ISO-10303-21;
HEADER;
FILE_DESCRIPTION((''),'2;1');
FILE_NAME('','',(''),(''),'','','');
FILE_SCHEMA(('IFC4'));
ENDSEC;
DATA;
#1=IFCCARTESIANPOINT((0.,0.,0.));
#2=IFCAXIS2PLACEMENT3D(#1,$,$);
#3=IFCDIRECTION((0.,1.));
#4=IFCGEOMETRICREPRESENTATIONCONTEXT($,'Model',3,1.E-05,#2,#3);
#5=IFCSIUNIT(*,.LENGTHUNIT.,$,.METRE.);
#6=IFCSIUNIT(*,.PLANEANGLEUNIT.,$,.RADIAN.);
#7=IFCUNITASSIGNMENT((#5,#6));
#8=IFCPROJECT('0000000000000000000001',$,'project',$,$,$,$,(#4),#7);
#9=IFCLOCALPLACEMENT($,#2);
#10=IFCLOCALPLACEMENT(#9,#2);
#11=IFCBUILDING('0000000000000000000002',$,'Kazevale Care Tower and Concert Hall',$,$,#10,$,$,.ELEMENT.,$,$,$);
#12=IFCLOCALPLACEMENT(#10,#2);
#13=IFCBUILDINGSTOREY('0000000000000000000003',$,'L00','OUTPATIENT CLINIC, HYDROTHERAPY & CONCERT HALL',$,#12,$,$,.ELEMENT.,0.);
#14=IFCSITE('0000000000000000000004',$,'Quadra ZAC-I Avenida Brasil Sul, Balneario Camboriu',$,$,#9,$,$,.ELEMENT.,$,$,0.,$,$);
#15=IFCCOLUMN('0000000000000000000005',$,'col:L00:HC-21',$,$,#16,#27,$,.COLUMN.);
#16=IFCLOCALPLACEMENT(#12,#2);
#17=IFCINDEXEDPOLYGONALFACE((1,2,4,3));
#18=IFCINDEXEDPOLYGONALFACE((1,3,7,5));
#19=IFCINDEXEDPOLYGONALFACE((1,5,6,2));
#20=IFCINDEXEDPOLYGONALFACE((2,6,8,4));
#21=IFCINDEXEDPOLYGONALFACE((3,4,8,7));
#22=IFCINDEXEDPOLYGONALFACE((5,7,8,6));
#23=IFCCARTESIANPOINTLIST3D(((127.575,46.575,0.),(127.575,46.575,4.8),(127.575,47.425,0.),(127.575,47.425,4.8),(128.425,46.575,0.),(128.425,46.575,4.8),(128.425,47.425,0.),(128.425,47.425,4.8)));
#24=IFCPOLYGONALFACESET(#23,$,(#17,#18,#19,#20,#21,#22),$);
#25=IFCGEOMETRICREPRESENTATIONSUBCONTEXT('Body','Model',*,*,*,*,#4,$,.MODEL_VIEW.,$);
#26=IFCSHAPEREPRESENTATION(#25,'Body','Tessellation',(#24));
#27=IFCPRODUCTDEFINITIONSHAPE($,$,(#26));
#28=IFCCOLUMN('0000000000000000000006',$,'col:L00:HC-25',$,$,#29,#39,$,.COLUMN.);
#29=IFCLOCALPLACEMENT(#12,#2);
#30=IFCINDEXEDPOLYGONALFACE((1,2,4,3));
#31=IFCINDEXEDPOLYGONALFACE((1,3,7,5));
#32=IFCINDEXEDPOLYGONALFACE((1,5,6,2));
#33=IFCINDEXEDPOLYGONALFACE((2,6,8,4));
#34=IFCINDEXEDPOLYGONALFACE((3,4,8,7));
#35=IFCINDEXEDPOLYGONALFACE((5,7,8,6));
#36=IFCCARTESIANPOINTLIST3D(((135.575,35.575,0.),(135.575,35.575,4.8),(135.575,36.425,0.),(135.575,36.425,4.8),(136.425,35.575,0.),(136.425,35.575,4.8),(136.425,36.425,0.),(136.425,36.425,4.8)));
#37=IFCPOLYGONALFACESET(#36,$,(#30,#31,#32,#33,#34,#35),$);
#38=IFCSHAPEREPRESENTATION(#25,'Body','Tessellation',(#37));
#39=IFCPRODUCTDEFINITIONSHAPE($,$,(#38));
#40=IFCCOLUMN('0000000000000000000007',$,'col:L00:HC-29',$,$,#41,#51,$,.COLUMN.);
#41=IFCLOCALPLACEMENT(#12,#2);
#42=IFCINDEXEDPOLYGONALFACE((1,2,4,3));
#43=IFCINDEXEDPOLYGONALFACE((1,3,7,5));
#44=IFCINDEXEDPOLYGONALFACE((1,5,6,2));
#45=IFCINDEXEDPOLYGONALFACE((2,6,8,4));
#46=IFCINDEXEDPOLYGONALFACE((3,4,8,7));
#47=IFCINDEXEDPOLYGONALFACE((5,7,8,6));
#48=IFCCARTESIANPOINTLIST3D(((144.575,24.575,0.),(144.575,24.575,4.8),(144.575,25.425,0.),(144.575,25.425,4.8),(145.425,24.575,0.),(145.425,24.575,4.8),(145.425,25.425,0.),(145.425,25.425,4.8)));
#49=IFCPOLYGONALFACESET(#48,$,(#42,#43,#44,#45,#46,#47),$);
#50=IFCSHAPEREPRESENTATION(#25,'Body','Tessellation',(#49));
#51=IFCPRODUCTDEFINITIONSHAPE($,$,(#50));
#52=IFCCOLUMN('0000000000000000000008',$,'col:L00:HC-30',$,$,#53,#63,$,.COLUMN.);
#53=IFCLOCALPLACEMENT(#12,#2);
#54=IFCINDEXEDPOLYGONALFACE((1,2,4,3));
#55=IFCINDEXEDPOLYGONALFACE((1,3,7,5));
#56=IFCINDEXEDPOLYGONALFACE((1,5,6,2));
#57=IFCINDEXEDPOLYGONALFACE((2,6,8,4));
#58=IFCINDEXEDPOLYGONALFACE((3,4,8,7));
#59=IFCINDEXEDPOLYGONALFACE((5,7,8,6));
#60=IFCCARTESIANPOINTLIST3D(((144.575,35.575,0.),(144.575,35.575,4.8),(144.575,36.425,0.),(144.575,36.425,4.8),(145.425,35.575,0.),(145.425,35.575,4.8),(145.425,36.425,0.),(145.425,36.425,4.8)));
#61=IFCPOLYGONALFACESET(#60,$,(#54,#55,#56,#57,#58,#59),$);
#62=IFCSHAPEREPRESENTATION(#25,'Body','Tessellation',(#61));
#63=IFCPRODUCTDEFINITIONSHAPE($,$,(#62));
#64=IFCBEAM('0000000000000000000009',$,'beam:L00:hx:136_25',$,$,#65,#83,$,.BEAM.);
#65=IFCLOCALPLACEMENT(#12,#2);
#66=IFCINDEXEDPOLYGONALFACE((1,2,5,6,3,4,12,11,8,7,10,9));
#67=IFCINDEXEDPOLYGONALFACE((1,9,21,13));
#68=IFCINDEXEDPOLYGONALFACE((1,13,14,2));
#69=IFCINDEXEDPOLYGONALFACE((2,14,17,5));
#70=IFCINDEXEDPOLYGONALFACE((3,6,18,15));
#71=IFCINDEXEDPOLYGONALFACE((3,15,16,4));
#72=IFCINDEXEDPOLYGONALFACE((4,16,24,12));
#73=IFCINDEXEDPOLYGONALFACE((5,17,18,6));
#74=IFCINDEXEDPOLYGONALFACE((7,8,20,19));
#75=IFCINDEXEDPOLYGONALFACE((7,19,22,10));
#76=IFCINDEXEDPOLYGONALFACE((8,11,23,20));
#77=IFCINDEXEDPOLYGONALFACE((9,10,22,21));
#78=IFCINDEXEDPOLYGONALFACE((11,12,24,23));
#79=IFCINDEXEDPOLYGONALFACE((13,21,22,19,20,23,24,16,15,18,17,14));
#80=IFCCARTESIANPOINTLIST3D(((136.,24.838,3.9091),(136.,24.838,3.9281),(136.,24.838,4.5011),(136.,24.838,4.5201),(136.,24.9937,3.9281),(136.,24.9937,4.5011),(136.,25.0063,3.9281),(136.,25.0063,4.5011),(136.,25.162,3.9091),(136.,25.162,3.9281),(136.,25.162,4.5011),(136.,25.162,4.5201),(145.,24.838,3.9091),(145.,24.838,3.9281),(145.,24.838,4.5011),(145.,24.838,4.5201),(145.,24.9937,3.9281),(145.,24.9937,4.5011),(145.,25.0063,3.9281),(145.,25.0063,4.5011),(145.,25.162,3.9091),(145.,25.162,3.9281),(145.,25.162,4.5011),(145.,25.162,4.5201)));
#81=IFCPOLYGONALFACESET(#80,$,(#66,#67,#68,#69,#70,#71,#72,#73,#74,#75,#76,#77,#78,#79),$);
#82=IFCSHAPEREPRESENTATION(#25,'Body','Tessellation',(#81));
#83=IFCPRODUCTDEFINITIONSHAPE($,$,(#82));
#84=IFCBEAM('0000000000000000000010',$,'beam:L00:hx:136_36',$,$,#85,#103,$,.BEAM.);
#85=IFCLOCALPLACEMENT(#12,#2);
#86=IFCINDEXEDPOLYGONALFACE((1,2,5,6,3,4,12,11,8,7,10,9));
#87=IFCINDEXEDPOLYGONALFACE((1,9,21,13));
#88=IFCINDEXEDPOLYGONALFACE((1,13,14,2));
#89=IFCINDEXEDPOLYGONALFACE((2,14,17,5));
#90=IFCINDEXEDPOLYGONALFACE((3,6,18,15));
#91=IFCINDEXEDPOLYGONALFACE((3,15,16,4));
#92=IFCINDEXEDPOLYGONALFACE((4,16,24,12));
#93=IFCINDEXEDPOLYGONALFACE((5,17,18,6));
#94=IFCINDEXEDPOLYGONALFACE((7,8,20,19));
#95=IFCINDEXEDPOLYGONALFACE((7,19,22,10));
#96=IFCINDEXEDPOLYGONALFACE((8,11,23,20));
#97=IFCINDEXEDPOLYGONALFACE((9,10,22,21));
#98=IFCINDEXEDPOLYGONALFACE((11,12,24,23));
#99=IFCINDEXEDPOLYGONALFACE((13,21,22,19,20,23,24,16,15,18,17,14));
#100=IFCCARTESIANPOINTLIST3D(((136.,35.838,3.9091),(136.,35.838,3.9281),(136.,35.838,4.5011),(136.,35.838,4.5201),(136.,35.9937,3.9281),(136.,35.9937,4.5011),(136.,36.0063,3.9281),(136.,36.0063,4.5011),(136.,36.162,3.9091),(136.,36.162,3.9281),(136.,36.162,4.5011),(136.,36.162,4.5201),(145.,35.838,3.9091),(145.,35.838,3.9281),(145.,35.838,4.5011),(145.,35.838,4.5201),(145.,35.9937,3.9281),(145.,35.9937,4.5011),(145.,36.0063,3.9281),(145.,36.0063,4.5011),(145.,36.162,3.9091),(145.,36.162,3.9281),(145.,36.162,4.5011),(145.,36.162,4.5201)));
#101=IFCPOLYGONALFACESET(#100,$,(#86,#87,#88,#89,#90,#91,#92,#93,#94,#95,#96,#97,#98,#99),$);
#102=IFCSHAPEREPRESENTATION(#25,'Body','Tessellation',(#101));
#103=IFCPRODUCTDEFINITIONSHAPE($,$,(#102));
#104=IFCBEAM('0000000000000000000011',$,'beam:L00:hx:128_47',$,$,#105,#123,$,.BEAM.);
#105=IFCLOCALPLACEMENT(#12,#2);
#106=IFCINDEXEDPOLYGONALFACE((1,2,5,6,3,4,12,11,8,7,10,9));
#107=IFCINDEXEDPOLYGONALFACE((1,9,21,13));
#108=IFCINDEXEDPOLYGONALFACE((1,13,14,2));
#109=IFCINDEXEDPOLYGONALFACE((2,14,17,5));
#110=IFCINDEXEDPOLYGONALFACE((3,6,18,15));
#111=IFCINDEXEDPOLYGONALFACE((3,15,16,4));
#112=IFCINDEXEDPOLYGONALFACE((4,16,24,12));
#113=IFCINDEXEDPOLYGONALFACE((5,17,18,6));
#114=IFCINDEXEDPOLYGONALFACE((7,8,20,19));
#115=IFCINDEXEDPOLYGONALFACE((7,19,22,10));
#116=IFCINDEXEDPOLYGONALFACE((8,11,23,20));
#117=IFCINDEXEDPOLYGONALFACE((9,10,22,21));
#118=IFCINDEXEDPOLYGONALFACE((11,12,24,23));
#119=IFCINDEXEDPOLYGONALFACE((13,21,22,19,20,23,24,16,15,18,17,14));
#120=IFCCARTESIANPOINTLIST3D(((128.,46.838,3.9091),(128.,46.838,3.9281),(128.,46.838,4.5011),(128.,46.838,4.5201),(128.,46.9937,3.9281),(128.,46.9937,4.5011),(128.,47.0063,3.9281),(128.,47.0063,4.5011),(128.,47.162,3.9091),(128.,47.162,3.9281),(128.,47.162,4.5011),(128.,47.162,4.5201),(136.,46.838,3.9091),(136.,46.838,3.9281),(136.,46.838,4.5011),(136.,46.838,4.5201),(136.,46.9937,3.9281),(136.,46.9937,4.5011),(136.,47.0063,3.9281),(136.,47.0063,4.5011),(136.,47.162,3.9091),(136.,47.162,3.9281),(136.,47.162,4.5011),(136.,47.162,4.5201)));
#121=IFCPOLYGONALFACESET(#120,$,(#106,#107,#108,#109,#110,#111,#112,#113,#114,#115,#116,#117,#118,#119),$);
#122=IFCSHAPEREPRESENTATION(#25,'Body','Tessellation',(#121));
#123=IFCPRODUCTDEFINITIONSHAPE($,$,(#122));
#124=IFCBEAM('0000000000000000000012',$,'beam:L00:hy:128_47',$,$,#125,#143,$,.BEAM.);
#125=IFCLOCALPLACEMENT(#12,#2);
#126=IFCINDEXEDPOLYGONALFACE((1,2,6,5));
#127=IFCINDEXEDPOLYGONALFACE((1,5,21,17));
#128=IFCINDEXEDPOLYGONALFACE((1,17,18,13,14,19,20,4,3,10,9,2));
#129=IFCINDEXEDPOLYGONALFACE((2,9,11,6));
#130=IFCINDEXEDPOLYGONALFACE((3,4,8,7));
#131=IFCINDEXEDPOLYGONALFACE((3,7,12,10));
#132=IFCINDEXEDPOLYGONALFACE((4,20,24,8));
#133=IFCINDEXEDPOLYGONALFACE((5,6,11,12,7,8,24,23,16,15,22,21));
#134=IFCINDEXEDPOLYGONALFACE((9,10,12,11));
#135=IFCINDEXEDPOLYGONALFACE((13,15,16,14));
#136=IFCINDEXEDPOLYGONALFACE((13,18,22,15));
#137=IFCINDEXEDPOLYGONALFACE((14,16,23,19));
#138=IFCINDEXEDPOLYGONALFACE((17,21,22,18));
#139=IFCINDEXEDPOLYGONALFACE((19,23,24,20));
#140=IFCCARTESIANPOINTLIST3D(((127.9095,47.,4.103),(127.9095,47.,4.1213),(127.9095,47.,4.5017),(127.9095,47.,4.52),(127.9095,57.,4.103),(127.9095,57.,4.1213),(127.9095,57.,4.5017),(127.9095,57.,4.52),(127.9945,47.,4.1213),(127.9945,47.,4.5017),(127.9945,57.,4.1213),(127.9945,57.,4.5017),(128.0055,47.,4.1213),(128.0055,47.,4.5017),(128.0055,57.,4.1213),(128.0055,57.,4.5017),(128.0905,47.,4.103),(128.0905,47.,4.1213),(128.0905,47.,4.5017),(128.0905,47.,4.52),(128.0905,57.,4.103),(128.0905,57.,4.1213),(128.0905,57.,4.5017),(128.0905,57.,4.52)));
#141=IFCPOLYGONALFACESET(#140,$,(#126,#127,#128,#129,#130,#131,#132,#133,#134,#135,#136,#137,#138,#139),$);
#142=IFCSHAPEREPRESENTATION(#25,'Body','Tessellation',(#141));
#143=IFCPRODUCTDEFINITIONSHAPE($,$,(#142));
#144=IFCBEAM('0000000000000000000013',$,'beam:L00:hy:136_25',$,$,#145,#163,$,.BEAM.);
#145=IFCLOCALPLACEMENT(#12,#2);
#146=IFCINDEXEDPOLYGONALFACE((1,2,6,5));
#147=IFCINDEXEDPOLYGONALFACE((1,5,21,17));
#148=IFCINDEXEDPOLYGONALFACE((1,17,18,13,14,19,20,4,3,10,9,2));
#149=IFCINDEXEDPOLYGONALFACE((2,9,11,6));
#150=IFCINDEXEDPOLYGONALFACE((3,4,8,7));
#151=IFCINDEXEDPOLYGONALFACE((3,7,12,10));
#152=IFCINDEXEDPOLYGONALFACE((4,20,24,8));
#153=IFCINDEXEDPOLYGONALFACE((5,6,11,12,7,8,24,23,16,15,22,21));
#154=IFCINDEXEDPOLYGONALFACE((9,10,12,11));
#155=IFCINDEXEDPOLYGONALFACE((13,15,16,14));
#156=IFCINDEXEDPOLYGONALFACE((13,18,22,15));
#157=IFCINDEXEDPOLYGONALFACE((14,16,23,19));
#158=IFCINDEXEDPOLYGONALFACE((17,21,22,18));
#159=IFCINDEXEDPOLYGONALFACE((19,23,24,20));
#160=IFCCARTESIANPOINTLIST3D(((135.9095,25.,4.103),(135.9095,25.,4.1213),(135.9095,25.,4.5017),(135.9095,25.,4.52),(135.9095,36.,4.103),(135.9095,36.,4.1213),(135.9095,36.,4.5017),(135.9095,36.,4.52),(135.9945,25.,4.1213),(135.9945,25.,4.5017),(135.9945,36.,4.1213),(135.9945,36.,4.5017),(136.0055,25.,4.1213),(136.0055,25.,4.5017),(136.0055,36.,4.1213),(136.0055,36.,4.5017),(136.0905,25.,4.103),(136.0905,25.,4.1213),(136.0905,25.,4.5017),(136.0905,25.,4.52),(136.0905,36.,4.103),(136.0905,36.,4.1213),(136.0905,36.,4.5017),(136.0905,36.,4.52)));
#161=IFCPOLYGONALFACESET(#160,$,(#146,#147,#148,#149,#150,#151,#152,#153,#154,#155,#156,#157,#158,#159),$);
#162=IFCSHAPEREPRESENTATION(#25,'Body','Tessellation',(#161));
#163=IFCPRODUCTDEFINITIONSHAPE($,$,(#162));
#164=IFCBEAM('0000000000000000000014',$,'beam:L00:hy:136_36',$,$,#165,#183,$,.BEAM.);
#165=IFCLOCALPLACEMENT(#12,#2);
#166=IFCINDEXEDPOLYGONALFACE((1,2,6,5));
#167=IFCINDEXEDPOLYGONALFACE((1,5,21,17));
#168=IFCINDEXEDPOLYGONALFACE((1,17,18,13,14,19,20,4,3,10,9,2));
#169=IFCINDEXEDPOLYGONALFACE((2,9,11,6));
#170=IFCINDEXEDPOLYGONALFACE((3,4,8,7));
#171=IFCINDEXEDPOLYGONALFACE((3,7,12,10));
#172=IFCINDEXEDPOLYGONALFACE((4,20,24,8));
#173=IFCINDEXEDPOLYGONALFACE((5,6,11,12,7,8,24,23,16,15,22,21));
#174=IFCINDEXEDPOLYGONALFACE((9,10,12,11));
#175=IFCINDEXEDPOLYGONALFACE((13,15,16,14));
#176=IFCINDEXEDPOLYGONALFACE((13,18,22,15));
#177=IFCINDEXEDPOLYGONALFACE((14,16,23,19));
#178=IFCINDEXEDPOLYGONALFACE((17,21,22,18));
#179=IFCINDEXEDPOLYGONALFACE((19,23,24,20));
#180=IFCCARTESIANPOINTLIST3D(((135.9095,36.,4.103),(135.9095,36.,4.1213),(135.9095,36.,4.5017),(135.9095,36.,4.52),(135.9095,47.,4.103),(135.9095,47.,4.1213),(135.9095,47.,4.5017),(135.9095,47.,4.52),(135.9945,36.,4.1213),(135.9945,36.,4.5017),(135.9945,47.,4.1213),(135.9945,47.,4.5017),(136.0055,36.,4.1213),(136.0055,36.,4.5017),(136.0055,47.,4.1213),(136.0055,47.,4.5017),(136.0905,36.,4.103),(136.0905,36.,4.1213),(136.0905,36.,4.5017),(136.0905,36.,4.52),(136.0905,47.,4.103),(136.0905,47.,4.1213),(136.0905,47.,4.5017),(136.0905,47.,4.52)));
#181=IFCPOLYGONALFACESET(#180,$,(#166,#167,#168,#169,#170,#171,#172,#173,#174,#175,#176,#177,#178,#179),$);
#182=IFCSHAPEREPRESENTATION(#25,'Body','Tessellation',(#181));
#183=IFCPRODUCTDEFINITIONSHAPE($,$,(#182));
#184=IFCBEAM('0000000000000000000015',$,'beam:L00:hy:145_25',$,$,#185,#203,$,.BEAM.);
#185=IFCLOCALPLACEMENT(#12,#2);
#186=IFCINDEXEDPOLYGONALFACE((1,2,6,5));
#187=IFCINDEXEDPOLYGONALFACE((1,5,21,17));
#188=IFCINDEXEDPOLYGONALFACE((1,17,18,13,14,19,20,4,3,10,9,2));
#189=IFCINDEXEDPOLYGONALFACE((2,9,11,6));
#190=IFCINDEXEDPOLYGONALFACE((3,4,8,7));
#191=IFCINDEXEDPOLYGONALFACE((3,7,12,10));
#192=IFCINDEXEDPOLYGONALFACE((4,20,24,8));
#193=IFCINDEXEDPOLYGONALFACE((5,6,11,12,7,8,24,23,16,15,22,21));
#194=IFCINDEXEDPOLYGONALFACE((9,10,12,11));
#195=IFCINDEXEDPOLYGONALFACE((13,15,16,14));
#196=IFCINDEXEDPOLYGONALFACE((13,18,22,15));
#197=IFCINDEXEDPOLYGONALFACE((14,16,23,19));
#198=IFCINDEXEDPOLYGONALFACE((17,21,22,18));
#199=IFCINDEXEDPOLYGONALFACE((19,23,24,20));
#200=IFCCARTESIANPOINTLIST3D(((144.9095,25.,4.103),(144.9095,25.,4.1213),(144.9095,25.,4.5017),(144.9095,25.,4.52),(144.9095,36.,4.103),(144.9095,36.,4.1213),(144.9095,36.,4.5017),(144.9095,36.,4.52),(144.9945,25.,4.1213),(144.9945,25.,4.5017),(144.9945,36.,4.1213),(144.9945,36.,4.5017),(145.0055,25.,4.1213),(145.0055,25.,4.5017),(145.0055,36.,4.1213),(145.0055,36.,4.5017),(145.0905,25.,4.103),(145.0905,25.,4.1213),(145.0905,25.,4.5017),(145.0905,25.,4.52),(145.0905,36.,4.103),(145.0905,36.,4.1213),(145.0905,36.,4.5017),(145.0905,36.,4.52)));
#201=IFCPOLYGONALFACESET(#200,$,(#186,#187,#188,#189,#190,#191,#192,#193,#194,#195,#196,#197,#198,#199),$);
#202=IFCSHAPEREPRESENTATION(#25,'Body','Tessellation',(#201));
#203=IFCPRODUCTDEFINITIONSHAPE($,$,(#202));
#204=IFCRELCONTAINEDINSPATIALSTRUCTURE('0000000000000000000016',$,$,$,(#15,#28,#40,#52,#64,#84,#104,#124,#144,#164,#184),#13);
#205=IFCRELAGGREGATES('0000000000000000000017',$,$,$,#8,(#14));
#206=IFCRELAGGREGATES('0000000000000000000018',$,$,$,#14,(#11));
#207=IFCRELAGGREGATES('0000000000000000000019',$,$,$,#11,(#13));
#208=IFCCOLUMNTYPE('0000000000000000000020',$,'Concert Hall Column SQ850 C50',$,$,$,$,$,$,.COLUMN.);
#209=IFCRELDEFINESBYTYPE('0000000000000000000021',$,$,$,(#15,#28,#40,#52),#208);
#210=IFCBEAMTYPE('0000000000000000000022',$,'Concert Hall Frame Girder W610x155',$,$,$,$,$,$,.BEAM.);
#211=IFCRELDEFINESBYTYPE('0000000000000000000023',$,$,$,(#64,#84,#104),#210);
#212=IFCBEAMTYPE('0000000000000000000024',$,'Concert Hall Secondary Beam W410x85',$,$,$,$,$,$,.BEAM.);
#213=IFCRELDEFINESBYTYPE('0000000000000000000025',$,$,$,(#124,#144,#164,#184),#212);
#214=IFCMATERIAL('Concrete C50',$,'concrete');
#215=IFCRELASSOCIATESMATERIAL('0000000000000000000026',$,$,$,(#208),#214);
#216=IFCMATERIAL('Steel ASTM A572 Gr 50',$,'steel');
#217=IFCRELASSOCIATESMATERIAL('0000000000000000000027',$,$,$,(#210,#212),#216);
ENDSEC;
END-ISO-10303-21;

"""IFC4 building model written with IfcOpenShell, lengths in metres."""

from ifc_helpers import new_model, si_unit, direction, frame, origin, origin_2d, place, context, subcontext, project, spatial, rectangle, i_section, extrude, material, material_profile, profile_set, type_object, element, save


model = new_model("IFC4")

# Units and contexts
model_context = context("Model", 3, precision=1e-05, world=origin(), true_north=direction((0.0, 1.0)))
body_context = subcontext(model_context, "Body", "Model", "MODEL_VIEW")
ifc_project = project(units=[si_unit("LENGTHUNIT", "METRE"), si_unit("PLANEANGLEUNIT", "RADIAN")], contexts=[model_context])

# Site, building, storey
site_placement = place(None, origin())
site = spatial("IfcSite", under=ifc_project, at=site_placement, Name="Quadra ZAC-I Avenida Brasil Sul, Balneario Camboriu", CompositionType="ELEMENT", RefElevation=0.0)
building_placement = place(site_placement, origin())
building = spatial("IfcBuilding", under=site, at=building_placement, Name="Kazevale Care Tower and Concert Hall", CompositionType="ELEMENT")
storey_placement = place(building_placement, origin())
storey = spatial("IfcBuildingStorey", under=building, at=storey_placement, Name="L00", Description="OUTPATIENT CLINIC, HYDROTHERAPY & CONCERT HALL", CompositionType="ELEMENT", Elevation=0.0)

# Columns
ifc_material_1 = material(Name="Concrete C50", Category="concrete")
ifc_material_profile_1 = material_profile(ifc_material_1, rectangle(XDim=0.8501, YDim=0.8501, at=origin_2d()), Name="RC-SQ850")
ifc_profile_set_1 = profile_set([ifc_material_profile_1], Name="Concrete C50")
column_type = type_object("IfcColumnType", Name="Concert Hall Column SQ850 C50", PredefinedType="COLUMN", material=ifc_profile_set_1)
for number, where, z_axis, x_axis, name in (
    (1, (128.0, 47.0, 0.0), (0.0, 0.0, 1.0), (1.0, 0.0, 0.0), "col:L00:HC-21"),
    (2, (136.0, 36.0, 0.0), (0.0, 0.0, 1.0), (1.0, 0.0, 0.0), "col:L00:HC-25"),
    (3, (145.0, 25.0, 0.0), (0.0, 0.0, 1.0), (1.0, 0.0, 0.0), "col:L00:HC-29"),
    (4, (145.0, 36.0, 0.0), (0.0, 0.0, 1.0), (1.0, 0.0, 0.0), "col:L00:HC-30"),
):
    element("IfcColumn", number, at=place(storey_placement, frame(where, z_axis=z_axis, x_axis=x_axis)), inside=storey, type_object=column_type, Name=name, PredefinedType="COLUMN", context=body_context, shape_type="SweptSolid", body=[
        extrude(rectangle(XDim=0.8501, YDim=0.8501, at=origin_2d()), origin(), (0.0, 0.0, 1.0), 4.8),
    ])

# Beams
ifc_material_2 = material(Name="Steel ASTM A572 Gr 50", Category="steel")
ifc_material_profile_2 = material_profile(ifc_material_2, i_section(OverallWidth=0.324, OverallDepth=0.6111, WebThickness=0.0127, FlangeThickness=0.019, at=origin_2d()), Name="W610x155")
ifc_profile_set_2 = profile_set([ifc_material_profile_2], Name="Steel ASTM A572 Gr 50")
beam_type_1 = type_object("IfcBeamType", Name="Concert Hall Frame Girder W610x155", PredefinedType="BEAM", material=ifc_profile_set_2)
for number, where, z_axis, x_axis, name in (
    (5, (136.0, 25.0, 4.2146), (1.0, 0.0, 0.0), (0.0, 1.0, 0.0), "beam:L00:hx:136_25"),
    (6, (136.0, 36.0, 4.2146), (1.0, 0.0, 0.0), (0.0, 1.0, 0.0), "beam:L00:hx:136_36"),
):
    element("IfcBeam", number, at=place(storey_placement, frame(where, z_axis=z_axis, x_axis=x_axis)), inside=storey, type_object=beam_type_1, Name=name, PredefinedType="BEAM", context=body_context, shape_type="SweptSolid", body=[
        extrude(i_section(OverallWidth=0.324, OverallDepth=0.6111, WebThickness=0.0127, FlangeThickness=0.019, at=origin_2d()), origin(), (0.0, 0.0, 1.0), 9.0),
    ])
beam_1_placement = place(storey_placement, frame((128.0, 47.0, 4.2146), z_axis=(1.0, 0.0, 0.0), x_axis=(0.0, 1.0, 0.0)))
element("IfcBeam", 7, at=beam_1_placement, inside=storey, type_object=beam_type_1, Name="beam:L00:hx:128_47", PredefinedType="BEAM", context=body_context, shape_type="SweptSolid", body=[
    extrude(i_section(OverallWidth=0.324, OverallDepth=0.6111, WebThickness=0.0127, FlangeThickness=0.019, at=origin_2d()), origin(), (0.0, 0.0, 1.0), 8.0),
])
ifc_material_profile_3 = material_profile(ifc_material_2, i_section(OverallWidth=0.1809, OverallDepth=0.417, WebThickness=0.011, FlangeThickness=0.0183, at=origin_2d()), Name="W410x85")
ifc_profile_set_3 = profile_set([ifc_material_profile_3], Name="Steel ASTM A572 Gr 50")
beam_type_2 = type_object("IfcBeamType", Name="Concert Hall Secondary Beam W410x85", PredefinedType="BEAM", material=ifc_profile_set_3)
beam_2_placement = place(storey_placement, frame((128.0, 47.0, 4.3115), z_axis=(0.0, 1.0, 0.0), x_axis=(-1.0, 0.0, 0.0)))
element("IfcBeam", 8, at=beam_2_placement, inside=storey, type_object=beam_type_2, Name="beam:L00:hy:128_47", PredefinedType="BEAM", context=body_context, shape_type="SweptSolid", body=[
    extrude(i_section(OverallWidth=0.1809, OverallDepth=0.417, WebThickness=0.011, FlangeThickness=0.0183, at=origin_2d()), origin(), (0.0, 0.0, 1.0), 10.0),
])
for number, where, z_axis, x_axis, name in (
    (9, (136.0, 25.0, 4.3115), (0.0, 1.0, 0.0), (-1.0, 0.0, 0.0), "beam:L00:hy:136_25"),
    (10, (136.0, 36.0, 4.3115), (0.0, 1.0, 0.0), (-1.0, 0.0, 0.0), "beam:L00:hy:136_36"),
    (11, (145.0, 25.0, 4.3115), (0.0, 1.0, 0.0), (-1.0, 0.0, 0.0), "beam:L00:hy:145_25"),
):
    element("IfcBeam", number, at=place(storey_placement, frame(where, z_axis=z_axis, x_axis=x_axis)), inside=storey, type_object=beam_type_2, Name=name, PredefinedType="BEAM", context=body_context, shape_type="SweptSolid", body=[
        extrude(i_section(OverallWidth=0.1809, OverallDepth=0.417, WebThickness=0.011, FlangeThickness=0.0183, at=origin_2d()), origin(), (0.0, 0.0, 1.0), 11.0),
    ])

save(model, "model.ifc")
